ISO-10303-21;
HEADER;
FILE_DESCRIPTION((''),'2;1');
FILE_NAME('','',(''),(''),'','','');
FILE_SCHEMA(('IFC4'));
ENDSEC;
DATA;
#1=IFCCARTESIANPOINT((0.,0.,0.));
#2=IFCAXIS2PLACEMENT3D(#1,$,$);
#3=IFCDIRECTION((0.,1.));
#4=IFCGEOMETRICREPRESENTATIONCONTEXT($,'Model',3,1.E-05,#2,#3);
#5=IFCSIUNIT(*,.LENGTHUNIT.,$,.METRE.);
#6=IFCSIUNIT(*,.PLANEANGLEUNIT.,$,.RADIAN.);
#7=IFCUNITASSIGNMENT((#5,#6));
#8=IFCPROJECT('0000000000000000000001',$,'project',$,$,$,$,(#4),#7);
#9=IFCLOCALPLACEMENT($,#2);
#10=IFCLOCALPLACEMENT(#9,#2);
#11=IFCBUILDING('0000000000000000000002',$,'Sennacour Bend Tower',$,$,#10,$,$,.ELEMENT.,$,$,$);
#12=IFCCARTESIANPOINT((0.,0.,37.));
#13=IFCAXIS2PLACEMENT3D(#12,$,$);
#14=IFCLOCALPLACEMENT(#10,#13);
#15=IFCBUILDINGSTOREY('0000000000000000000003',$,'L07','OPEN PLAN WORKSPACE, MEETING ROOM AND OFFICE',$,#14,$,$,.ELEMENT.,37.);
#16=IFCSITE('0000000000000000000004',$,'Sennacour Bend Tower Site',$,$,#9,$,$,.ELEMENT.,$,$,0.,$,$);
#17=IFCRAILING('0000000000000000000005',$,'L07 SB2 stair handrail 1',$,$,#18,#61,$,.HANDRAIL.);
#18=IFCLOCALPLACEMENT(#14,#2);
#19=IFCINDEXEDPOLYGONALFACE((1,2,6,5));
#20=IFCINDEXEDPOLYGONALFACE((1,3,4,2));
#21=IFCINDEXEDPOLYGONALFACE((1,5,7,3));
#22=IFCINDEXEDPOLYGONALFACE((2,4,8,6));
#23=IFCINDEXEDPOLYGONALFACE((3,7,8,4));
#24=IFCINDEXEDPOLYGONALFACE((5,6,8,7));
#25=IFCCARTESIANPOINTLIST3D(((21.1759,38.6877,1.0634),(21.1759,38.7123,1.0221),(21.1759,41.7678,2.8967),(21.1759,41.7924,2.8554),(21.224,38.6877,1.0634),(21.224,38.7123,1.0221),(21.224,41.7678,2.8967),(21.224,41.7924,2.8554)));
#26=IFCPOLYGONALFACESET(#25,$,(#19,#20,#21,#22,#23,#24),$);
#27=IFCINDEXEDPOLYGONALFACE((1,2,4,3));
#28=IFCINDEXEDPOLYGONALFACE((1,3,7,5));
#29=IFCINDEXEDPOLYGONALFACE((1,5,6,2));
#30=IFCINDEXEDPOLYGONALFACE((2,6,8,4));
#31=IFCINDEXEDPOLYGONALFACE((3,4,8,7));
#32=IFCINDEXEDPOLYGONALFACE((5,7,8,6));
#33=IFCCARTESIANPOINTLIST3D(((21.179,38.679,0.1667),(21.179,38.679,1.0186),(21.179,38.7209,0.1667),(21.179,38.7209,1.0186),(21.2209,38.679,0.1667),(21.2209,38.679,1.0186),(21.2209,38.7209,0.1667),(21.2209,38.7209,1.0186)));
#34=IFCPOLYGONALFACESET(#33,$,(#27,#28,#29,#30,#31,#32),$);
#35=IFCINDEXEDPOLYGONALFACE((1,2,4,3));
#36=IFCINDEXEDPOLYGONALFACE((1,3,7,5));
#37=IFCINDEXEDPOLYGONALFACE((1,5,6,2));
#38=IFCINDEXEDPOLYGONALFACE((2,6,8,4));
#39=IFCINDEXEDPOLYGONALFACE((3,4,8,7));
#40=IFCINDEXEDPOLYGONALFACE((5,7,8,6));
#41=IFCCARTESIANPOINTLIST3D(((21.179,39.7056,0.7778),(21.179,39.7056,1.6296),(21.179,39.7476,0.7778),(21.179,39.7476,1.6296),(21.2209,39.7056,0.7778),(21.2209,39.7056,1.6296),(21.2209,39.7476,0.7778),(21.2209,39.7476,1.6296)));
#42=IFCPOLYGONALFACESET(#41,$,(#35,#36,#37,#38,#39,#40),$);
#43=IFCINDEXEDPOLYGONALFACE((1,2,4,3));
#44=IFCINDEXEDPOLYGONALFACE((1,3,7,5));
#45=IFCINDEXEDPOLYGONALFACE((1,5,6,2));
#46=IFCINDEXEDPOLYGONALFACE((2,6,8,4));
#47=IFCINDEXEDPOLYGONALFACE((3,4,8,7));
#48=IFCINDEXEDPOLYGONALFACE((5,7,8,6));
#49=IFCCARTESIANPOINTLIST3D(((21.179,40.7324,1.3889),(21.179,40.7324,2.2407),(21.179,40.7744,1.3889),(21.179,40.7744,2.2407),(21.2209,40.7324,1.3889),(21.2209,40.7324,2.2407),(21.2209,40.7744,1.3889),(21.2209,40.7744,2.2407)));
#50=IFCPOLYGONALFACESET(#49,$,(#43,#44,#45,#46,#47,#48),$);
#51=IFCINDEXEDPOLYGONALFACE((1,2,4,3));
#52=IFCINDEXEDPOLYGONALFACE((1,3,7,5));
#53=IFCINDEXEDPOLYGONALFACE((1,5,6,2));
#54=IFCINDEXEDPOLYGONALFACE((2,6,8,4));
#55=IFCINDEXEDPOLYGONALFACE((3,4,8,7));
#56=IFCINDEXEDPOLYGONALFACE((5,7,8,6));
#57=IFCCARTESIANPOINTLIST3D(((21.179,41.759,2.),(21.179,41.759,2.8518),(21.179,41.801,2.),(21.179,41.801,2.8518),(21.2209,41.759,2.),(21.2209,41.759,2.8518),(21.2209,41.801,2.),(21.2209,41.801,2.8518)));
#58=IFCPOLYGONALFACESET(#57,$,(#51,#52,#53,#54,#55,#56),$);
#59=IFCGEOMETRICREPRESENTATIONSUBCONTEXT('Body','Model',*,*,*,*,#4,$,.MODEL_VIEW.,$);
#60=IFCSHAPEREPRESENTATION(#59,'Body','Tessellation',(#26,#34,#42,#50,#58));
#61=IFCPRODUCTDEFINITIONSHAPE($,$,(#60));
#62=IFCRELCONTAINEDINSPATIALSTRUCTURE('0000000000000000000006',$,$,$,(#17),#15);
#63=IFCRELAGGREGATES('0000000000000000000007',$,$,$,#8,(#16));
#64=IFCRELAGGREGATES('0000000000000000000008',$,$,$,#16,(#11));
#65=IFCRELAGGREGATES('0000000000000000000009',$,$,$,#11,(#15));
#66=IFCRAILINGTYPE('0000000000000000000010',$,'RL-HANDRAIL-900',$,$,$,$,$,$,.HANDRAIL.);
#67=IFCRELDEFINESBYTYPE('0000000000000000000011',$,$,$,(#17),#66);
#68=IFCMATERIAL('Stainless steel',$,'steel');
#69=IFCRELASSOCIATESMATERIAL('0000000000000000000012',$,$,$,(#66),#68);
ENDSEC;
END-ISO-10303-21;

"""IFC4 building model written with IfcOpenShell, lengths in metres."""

from ifc_helpers import new_model, si_unit, direction, frame, origin, origin_2d, place, context, subcontext, project, spatial, rectangle, extrude, material, type_object, element, save


model = new_model("IFC4")

# Units and contexts
model_context = context("Model", 3, precision=1e-05, world=origin(), true_north=direction((0.0, 1.0)))
body_context = subcontext(model_context, "Body", "Model", "MODEL_VIEW")
ifc_project = project(units=[si_unit("LENGTHUNIT", "METRE"), si_unit("PLANEANGLEUNIT", "RADIAN")], contexts=[model_context])

# Site, building, storey
site_placement = place(None, origin())
site = spatial("IfcSite", under=ifc_project, at=site_placement, Name="Sennacour Bend Tower Site", CompositionType="ELEMENT", RefElevation=0.0)
building_placement = place(site_placement, origin())
building = spatial("IfcBuilding", under=site, at=building_placement, Name="Sennacour Bend Tower", CompositionType="ELEMENT")
storey_placement = place(building_placement, frame((0.0, 0.0, 37.0)))
storey = spatial("IfcBuildingStorey", under=building, at=storey_placement, Name="L07", Description="OPEN PLAN WORKSPACE, MEETING ROOM AND OFFICE", CompositionType="ELEMENT", Elevation=37.0)

# Railing
ifc_material_1 = material(Name="Stainless steel", Category="steel")
railing_type = type_object("IfcRailingType", Name="RL-HANDRAIL-900", PredefinedType="HANDRAIL", material=ifc_material_1)
railing_placement = place(storey_placement, frame((21.2, 38.7, 0.1667)))
element("IfcRailing", 1, at=railing_placement, inside=storey, type_object=railing_type, Name="L07 SB2 stair handrail 1", PredefinedType="HANDRAIL", context=body_context, shape_type="SweptSolid", body=[
    extrude(rectangle(XDim=0.0481, YDim=0.0481, at=origin_2d()), frame((0.0, 0.0, 0.876), z_axis=(0.0, 0.859309, 0.511458), x_axis=(-1.0, 0.0, 0.0)), (0.0, 0.0, 1.0), 3.5845),
    extrude(rectangle(XDim=0.042, YDim=0.042, at=origin_2d()), origin(), (0.0, 0.0, 1.0), 0.8518),
    extrude(rectangle(XDim=0.042, YDim=0.042, at=origin_2d()), frame((0.0, 1.0266, 0.6111)), (0.0, 0.0, 1.0), 0.8518),
    extrude(rectangle(XDim=0.042, YDim=0.042, at=origin_2d()), frame((0.0, 2.0535, 1.2222)), (0.0, 0.0, 1.0), 0.8518),
    extrude(rectangle(XDim=0.042, YDim=0.042, at=origin_2d()), frame((0.0, 3.0801, 1.8333)), (0.0, 0.0, 1.0), 0.8518),
])

save(model, "model.ifc")
